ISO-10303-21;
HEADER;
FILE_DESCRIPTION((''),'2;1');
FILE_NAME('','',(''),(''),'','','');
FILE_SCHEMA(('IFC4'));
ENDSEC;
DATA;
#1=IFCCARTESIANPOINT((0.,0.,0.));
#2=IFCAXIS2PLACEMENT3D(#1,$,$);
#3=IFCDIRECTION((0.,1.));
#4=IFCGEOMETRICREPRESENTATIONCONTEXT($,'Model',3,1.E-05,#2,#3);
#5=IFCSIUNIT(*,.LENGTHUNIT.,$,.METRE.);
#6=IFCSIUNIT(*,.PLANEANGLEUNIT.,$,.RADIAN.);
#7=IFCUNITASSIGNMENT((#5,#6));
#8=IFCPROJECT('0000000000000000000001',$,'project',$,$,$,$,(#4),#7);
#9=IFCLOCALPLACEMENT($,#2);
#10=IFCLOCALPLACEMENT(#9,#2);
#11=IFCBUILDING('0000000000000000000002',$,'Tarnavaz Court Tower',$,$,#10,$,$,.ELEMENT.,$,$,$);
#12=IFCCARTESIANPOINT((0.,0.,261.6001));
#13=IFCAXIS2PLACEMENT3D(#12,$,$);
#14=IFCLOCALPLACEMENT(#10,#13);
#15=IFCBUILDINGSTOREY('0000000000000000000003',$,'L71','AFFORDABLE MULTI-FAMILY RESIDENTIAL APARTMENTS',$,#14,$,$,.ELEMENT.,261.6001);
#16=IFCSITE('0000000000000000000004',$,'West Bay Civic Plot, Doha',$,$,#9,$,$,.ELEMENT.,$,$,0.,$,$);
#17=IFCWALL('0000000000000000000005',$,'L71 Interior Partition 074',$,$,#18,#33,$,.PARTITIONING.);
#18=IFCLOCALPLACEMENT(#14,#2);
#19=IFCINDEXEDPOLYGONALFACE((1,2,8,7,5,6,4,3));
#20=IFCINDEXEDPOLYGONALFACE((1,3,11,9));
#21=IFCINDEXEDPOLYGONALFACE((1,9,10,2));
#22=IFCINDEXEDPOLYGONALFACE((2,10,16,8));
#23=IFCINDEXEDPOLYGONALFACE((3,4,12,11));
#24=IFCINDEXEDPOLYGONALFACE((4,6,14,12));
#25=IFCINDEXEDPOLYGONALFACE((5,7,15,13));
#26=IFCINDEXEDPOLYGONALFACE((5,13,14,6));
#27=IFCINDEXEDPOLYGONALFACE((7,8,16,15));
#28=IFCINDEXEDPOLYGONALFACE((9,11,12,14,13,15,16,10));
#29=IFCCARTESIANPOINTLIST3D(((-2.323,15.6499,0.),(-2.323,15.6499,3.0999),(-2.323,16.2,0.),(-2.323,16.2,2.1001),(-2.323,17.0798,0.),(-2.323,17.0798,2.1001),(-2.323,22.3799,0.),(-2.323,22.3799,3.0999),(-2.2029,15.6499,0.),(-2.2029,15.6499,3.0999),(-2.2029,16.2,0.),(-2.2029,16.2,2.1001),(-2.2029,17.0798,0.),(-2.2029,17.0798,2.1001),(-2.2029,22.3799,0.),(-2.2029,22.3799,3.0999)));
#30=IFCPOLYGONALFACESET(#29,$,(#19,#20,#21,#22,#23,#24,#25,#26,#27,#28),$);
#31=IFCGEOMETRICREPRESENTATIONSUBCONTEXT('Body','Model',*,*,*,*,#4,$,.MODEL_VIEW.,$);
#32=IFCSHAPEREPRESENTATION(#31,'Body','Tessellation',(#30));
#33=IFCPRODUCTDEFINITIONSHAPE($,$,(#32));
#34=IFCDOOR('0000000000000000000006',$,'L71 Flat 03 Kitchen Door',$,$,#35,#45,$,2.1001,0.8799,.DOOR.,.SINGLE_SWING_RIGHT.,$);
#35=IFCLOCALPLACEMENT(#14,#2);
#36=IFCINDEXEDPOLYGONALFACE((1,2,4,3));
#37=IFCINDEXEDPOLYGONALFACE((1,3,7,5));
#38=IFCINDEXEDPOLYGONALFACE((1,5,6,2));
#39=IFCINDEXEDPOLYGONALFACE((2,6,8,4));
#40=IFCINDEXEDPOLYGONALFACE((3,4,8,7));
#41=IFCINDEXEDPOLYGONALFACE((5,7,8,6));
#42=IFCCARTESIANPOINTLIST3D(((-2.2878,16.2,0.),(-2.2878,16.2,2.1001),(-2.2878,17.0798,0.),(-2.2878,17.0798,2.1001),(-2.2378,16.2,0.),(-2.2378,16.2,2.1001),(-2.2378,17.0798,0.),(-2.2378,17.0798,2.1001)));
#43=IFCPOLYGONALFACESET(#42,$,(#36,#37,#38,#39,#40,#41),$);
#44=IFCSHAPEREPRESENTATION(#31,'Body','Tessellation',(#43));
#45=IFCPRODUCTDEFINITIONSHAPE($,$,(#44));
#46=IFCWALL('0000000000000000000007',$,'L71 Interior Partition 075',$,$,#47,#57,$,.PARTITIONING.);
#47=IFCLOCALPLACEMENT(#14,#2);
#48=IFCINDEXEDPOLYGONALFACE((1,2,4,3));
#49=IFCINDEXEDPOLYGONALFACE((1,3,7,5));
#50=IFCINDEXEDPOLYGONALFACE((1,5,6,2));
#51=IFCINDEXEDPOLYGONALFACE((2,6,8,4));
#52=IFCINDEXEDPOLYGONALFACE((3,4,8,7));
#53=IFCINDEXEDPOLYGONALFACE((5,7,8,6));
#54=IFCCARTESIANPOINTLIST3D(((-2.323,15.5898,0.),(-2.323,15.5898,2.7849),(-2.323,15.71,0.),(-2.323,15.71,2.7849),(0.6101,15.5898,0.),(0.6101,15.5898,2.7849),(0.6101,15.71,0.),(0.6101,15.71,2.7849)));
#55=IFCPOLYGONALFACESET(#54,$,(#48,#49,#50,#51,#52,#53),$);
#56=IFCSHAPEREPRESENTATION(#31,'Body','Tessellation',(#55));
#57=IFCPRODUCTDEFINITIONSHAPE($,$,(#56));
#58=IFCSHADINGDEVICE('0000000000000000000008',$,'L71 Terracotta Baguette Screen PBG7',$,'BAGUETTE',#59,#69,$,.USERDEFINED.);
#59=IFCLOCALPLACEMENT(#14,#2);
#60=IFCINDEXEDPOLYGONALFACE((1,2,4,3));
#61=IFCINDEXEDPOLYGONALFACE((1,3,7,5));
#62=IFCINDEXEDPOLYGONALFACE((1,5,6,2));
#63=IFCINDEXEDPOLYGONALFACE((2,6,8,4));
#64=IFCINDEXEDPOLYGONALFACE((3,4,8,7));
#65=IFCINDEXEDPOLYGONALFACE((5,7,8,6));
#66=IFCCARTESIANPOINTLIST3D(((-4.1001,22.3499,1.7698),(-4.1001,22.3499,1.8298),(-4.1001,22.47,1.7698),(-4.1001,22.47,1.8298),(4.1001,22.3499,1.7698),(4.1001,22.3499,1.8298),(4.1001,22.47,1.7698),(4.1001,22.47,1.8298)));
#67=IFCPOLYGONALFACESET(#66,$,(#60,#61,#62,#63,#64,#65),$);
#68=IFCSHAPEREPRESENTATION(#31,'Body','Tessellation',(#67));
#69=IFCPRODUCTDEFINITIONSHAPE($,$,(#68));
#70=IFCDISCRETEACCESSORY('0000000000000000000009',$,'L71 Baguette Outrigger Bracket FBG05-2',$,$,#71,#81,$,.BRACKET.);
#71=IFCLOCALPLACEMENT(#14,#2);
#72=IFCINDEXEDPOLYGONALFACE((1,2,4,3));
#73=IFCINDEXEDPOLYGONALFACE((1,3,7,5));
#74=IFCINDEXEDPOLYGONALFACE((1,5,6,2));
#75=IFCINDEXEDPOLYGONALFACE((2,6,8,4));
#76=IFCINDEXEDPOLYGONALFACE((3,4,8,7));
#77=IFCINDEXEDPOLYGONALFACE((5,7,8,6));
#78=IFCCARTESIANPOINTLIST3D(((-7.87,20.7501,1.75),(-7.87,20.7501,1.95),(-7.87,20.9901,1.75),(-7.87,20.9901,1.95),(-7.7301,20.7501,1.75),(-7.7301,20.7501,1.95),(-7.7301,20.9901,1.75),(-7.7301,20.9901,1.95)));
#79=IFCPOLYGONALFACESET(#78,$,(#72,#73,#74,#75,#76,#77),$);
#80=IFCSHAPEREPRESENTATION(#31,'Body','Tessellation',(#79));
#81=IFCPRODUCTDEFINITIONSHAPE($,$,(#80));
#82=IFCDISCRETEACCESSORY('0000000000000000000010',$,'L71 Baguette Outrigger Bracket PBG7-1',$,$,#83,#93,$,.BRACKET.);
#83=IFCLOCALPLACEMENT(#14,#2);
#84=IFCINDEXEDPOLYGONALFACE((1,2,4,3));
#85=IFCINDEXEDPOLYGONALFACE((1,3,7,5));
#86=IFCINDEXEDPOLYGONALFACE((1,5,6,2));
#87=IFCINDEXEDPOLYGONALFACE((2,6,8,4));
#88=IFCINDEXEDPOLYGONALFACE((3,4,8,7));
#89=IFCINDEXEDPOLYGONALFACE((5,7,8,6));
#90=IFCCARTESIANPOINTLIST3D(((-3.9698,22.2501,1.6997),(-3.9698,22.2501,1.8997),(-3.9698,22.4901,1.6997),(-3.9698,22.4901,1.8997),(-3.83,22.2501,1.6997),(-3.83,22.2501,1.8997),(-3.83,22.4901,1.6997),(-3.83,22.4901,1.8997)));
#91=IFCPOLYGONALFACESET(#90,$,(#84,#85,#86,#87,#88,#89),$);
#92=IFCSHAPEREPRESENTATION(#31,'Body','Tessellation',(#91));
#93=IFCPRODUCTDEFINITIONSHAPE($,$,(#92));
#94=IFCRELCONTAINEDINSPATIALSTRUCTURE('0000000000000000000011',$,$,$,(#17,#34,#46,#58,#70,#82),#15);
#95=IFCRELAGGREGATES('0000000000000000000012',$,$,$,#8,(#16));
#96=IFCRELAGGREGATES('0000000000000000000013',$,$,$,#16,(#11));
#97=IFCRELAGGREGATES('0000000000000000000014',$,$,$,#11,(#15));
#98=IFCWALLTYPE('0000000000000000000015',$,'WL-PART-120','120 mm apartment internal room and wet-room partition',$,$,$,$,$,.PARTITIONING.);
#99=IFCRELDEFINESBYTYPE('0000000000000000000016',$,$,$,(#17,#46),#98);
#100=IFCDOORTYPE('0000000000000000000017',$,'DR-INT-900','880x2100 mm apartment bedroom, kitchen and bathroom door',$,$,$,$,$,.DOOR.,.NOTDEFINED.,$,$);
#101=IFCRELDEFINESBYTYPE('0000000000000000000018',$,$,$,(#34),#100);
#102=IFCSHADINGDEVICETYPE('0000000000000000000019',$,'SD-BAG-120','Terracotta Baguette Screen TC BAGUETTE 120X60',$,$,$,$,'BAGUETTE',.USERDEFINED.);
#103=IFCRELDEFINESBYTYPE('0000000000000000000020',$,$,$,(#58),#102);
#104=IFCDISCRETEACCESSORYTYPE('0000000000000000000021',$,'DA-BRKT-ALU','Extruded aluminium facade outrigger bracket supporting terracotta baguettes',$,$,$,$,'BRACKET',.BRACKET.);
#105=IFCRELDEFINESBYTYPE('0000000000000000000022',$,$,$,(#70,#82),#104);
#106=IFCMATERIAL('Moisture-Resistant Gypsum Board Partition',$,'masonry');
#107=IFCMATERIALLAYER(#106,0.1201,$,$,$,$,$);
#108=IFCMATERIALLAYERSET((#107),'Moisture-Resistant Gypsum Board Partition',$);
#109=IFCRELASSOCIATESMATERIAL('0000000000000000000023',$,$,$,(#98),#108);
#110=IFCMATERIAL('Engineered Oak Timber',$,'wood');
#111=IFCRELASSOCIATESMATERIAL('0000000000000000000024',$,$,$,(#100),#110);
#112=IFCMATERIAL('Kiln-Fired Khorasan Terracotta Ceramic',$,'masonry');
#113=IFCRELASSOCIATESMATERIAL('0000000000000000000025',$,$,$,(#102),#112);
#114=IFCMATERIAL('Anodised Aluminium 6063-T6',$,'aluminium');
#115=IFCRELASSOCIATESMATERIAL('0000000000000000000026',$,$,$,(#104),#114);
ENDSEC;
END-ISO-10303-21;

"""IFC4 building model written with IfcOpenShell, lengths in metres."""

from ifc_helpers import new_model, si_unit, direction, frame, frame_2d, origin, origin_2d, place, context, subcontext, project, spatial, rectangle, extrude, material, layer, layer_set, material_profile, profile_set, type_object, element, fill, save


model = new_model("IFC4")

# Units and contexts
model_context = context("Model", 3, precision=1e-05, world=origin(), true_north=direction((0.0, 1.0)))
body_context = subcontext(model_context, "Body", "Model", "MODEL_VIEW")
ifc_project = project(units=[si_unit("LENGTHUNIT", "METRE"), si_unit("PLANEANGLEUNIT", "RADIAN")], contexts=[model_context])

# Site, building, storey
site_placement = place(None, origin())
site = spatial("IfcSite", under=ifc_project, at=site_placement, Name="West Bay Civic Plot, Doha", CompositionType="ELEMENT", RefElevation=0.0)
building_placement = place(site_placement, origin())
building = spatial("IfcBuilding", under=site, at=building_placement, Name="Tarnavaz Court Tower", CompositionType="ELEMENT")
storey_placement = place(building_placement, frame((0.0, 0.0, 261.6001)))
storey = spatial("IfcBuildingStorey", under=building, at=storey_placement, Name="L71", Description="AFFORDABLE MULTI-FAMILY RESIDENTIAL APARTMENTS", CompositionType="ELEMENT", Elevation=261.6001)

# Shared definitions
ifc_material_1 = material(Name="Anodised Aluminium 6063-T6", Category="aluminium")

# Shared definitions
ifc_material_2 = material(Name="Moisture-Resistant Gypsum Board Partition", Category="masonry")
ifc_layer_1 = layer(ifc_material_2, 0.1201)
ifc_layer_set_1 = layer_set([ifc_layer_1], Name="Moisture-Resistant Gypsum Board Partition")
wall_type_1 = type_object("IfcWallType", Name="WL-PART-120", Description="120 mm apartment internal room and wet-room partition", PredefinedType="PARTITIONING", material=ifc_layer_set_1)
ifc_material_3 = material(Name="Engineered Oak Timber", Category="wood")
door_type = type_object("IfcDoorType", Name="DR-INT-900", Description="880x2100 mm apartment bedroom, kitchen and bathroom door", OperationType="NOTDEFINED", PredefinedType="DOOR", material=ifc_material_3)

# Wall, opening, door
wall_1_placement = place(storey_placement, frame((-2.2629, 15.6499, 0.0), z_axis=(0.0, 0.0, 1.0), x_axis=(0.0, 1.0, 0.0)))
wall_1 = element("IfcWall", 1, at=wall_1_placement, inside=storey, type_object=wall_type_1, Name="L71 Interior Partition 074", PredefinedType="PARTITIONING", context=body_context, shape_type="SweptSolid", body=[
    extrude(rectangle(XDim=6.73, YDim=0.1201, at=frame_2d((3.365, 0.0))), origin(), (0.0, 0.0, 1.0), 3.0999),
])
opening_1_placement = place(wall_1_placement, frame((0.55, 0.0, 0.0)))
opening_1 = element("IfcOpeningElement", 2, at=opening_1_placement, cuts=wall_1, PredefinedType="OPENING", context=body_context, shape_type="SweptSolid", body=[
    extrude(rectangle(XDim=0.8799, YDim=2.1001, at=frame_2d((0.4399, 1.05))), frame((0.0, 0.0701, 0.0), z_axis=(0.0, -1.0, 0.0), x_axis=(1.0, 0.0, 0.0)), (0.0, 0.0, 1.0), 0.1401),
])
door_1_placement = place(opening_1_placement, origin())
door_1 = element("IfcDoor", 3, at=door_1_placement, inside=storey, type_object=door_type, Name="L71 Flat 03 Kitchen Door", OperationType="SINGLE_SWING_RIGHT", OverallHeight=2.1001, OverallWidth=0.8799, PredefinedType="DOOR", context=body_context, shape_type="SweptSolid", body=[
    extrude(rectangle(XDim=0.8799, YDim=2.1001, at=frame_2d((0.4399, 1.05))), frame((0.0, 0.0249, 0.0), z_axis=(0.0, -1.0, 0.0), x_axis=(1.0, 0.0, 0.0)), (0.0, 0.0, 1.0), 0.05),
])
fill(opening_1, door_1)

# Wall
wall_2_placement = place(storey_placement, frame((-2.323, 15.6499, 0.0), z_axis=(0.0, 0.0, 1.0), x_axis=(1.0, 0.0, 0.0)))
element("IfcWall", 4, at=wall_2_placement, inside=storey, type_object=wall_type_1, Name="L71 Interior Partition 075", PredefinedType="PARTITIONING", context=body_context, shape_type="SweptSolid", body=[
    extrude(rectangle(XDim=2.9331, YDim=0.1201, at=frame_2d((1.4666, 0.0))), origin(), (0.0, 0.0, 1.0), 2.7849),
])

# Shading device
ifc_material_4 = material(Name="Kiln-Fired Khorasan Terracotta Ceramic", Category="masonry")
ifc_material_profile_1 = material_profile(ifc_material_4, rectangle(XDim=0.1201, YDim=0.0601, at=origin_2d()), Name="TC BAGUETTE 120X60")
ifc_profile_set_1 = profile_set([ifc_material_profile_1], Name="Kiln-Fired Khorasan Terracotta Ceramic")
shading_device_type = type_object("IfcShadingDeviceType", Name="SD-BAG-120", Description="Terracotta Baguette Screen TC BAGUETTE 120X60", ElementType="BAGUETTE", PredefinedType="USERDEFINED", material=ifc_profile_set_1)
shading_device_placement = place(storey_placement, frame((-4.1001, 22.4099, 1.7998), z_axis=(1.0, 0.0, 0.0), x_axis=(0.0, 1.0, 0.0)))
element("IfcShadingDevice", 5, at=shading_device_placement, inside=storey, type_object=shading_device_type, Name="L71 Terracotta Baguette Screen PBG7", ObjectType="BAGUETTE", PredefinedType="USERDEFINED", context=body_context, shape_type="SweptSolid", body=[
    extrude(rectangle(XDim=0.1201, YDim=0.0601, at=origin_2d()), origin(), (0.0, 0.0, 1.0), 8.2002),
])

# Discrete accessories
discrete_accessory_type = type_object("IfcDiscreteAccessoryType", Name="DA-BRKT-ALU", Description="Extruded aluminium facade outrigger bracket supporting terracotta baguettes", ElementType="BRACKET", PredefinedType="BRACKET", material=ifc_material_1)
for number, where, z_axis, x_axis, name in (
    (6, (-7.8, 20.8701, 1.75), (0.0, 0.0, 1.0), (1.0, 0.0, 0.0), "L71 Baguette Outrigger Bracket FBG05-2"),
    (7, (-3.8999, 22.3701, 1.6997), (0.0, 0.0, 1.0), (1.0, 0.0, 0.0), "L71 Baguette Outrigger Bracket PBG7-1"),
):
    element("IfcDiscreteAccessory", number, at=place(storey_placement, frame(where, z_axis=z_axis, x_axis=x_axis)), inside=storey, type_object=discrete_accessory_type, Name=name, PredefinedType="BRACKET", context=body_context, shape_type="SweptSolid", body=[
        extrude(rectangle(XDim=0.1399, YDim=0.24, at=origin_2d()), origin(), (0.0, 0.0, 1.0), 0.2),
    ])

save(model, "model.ifc")
